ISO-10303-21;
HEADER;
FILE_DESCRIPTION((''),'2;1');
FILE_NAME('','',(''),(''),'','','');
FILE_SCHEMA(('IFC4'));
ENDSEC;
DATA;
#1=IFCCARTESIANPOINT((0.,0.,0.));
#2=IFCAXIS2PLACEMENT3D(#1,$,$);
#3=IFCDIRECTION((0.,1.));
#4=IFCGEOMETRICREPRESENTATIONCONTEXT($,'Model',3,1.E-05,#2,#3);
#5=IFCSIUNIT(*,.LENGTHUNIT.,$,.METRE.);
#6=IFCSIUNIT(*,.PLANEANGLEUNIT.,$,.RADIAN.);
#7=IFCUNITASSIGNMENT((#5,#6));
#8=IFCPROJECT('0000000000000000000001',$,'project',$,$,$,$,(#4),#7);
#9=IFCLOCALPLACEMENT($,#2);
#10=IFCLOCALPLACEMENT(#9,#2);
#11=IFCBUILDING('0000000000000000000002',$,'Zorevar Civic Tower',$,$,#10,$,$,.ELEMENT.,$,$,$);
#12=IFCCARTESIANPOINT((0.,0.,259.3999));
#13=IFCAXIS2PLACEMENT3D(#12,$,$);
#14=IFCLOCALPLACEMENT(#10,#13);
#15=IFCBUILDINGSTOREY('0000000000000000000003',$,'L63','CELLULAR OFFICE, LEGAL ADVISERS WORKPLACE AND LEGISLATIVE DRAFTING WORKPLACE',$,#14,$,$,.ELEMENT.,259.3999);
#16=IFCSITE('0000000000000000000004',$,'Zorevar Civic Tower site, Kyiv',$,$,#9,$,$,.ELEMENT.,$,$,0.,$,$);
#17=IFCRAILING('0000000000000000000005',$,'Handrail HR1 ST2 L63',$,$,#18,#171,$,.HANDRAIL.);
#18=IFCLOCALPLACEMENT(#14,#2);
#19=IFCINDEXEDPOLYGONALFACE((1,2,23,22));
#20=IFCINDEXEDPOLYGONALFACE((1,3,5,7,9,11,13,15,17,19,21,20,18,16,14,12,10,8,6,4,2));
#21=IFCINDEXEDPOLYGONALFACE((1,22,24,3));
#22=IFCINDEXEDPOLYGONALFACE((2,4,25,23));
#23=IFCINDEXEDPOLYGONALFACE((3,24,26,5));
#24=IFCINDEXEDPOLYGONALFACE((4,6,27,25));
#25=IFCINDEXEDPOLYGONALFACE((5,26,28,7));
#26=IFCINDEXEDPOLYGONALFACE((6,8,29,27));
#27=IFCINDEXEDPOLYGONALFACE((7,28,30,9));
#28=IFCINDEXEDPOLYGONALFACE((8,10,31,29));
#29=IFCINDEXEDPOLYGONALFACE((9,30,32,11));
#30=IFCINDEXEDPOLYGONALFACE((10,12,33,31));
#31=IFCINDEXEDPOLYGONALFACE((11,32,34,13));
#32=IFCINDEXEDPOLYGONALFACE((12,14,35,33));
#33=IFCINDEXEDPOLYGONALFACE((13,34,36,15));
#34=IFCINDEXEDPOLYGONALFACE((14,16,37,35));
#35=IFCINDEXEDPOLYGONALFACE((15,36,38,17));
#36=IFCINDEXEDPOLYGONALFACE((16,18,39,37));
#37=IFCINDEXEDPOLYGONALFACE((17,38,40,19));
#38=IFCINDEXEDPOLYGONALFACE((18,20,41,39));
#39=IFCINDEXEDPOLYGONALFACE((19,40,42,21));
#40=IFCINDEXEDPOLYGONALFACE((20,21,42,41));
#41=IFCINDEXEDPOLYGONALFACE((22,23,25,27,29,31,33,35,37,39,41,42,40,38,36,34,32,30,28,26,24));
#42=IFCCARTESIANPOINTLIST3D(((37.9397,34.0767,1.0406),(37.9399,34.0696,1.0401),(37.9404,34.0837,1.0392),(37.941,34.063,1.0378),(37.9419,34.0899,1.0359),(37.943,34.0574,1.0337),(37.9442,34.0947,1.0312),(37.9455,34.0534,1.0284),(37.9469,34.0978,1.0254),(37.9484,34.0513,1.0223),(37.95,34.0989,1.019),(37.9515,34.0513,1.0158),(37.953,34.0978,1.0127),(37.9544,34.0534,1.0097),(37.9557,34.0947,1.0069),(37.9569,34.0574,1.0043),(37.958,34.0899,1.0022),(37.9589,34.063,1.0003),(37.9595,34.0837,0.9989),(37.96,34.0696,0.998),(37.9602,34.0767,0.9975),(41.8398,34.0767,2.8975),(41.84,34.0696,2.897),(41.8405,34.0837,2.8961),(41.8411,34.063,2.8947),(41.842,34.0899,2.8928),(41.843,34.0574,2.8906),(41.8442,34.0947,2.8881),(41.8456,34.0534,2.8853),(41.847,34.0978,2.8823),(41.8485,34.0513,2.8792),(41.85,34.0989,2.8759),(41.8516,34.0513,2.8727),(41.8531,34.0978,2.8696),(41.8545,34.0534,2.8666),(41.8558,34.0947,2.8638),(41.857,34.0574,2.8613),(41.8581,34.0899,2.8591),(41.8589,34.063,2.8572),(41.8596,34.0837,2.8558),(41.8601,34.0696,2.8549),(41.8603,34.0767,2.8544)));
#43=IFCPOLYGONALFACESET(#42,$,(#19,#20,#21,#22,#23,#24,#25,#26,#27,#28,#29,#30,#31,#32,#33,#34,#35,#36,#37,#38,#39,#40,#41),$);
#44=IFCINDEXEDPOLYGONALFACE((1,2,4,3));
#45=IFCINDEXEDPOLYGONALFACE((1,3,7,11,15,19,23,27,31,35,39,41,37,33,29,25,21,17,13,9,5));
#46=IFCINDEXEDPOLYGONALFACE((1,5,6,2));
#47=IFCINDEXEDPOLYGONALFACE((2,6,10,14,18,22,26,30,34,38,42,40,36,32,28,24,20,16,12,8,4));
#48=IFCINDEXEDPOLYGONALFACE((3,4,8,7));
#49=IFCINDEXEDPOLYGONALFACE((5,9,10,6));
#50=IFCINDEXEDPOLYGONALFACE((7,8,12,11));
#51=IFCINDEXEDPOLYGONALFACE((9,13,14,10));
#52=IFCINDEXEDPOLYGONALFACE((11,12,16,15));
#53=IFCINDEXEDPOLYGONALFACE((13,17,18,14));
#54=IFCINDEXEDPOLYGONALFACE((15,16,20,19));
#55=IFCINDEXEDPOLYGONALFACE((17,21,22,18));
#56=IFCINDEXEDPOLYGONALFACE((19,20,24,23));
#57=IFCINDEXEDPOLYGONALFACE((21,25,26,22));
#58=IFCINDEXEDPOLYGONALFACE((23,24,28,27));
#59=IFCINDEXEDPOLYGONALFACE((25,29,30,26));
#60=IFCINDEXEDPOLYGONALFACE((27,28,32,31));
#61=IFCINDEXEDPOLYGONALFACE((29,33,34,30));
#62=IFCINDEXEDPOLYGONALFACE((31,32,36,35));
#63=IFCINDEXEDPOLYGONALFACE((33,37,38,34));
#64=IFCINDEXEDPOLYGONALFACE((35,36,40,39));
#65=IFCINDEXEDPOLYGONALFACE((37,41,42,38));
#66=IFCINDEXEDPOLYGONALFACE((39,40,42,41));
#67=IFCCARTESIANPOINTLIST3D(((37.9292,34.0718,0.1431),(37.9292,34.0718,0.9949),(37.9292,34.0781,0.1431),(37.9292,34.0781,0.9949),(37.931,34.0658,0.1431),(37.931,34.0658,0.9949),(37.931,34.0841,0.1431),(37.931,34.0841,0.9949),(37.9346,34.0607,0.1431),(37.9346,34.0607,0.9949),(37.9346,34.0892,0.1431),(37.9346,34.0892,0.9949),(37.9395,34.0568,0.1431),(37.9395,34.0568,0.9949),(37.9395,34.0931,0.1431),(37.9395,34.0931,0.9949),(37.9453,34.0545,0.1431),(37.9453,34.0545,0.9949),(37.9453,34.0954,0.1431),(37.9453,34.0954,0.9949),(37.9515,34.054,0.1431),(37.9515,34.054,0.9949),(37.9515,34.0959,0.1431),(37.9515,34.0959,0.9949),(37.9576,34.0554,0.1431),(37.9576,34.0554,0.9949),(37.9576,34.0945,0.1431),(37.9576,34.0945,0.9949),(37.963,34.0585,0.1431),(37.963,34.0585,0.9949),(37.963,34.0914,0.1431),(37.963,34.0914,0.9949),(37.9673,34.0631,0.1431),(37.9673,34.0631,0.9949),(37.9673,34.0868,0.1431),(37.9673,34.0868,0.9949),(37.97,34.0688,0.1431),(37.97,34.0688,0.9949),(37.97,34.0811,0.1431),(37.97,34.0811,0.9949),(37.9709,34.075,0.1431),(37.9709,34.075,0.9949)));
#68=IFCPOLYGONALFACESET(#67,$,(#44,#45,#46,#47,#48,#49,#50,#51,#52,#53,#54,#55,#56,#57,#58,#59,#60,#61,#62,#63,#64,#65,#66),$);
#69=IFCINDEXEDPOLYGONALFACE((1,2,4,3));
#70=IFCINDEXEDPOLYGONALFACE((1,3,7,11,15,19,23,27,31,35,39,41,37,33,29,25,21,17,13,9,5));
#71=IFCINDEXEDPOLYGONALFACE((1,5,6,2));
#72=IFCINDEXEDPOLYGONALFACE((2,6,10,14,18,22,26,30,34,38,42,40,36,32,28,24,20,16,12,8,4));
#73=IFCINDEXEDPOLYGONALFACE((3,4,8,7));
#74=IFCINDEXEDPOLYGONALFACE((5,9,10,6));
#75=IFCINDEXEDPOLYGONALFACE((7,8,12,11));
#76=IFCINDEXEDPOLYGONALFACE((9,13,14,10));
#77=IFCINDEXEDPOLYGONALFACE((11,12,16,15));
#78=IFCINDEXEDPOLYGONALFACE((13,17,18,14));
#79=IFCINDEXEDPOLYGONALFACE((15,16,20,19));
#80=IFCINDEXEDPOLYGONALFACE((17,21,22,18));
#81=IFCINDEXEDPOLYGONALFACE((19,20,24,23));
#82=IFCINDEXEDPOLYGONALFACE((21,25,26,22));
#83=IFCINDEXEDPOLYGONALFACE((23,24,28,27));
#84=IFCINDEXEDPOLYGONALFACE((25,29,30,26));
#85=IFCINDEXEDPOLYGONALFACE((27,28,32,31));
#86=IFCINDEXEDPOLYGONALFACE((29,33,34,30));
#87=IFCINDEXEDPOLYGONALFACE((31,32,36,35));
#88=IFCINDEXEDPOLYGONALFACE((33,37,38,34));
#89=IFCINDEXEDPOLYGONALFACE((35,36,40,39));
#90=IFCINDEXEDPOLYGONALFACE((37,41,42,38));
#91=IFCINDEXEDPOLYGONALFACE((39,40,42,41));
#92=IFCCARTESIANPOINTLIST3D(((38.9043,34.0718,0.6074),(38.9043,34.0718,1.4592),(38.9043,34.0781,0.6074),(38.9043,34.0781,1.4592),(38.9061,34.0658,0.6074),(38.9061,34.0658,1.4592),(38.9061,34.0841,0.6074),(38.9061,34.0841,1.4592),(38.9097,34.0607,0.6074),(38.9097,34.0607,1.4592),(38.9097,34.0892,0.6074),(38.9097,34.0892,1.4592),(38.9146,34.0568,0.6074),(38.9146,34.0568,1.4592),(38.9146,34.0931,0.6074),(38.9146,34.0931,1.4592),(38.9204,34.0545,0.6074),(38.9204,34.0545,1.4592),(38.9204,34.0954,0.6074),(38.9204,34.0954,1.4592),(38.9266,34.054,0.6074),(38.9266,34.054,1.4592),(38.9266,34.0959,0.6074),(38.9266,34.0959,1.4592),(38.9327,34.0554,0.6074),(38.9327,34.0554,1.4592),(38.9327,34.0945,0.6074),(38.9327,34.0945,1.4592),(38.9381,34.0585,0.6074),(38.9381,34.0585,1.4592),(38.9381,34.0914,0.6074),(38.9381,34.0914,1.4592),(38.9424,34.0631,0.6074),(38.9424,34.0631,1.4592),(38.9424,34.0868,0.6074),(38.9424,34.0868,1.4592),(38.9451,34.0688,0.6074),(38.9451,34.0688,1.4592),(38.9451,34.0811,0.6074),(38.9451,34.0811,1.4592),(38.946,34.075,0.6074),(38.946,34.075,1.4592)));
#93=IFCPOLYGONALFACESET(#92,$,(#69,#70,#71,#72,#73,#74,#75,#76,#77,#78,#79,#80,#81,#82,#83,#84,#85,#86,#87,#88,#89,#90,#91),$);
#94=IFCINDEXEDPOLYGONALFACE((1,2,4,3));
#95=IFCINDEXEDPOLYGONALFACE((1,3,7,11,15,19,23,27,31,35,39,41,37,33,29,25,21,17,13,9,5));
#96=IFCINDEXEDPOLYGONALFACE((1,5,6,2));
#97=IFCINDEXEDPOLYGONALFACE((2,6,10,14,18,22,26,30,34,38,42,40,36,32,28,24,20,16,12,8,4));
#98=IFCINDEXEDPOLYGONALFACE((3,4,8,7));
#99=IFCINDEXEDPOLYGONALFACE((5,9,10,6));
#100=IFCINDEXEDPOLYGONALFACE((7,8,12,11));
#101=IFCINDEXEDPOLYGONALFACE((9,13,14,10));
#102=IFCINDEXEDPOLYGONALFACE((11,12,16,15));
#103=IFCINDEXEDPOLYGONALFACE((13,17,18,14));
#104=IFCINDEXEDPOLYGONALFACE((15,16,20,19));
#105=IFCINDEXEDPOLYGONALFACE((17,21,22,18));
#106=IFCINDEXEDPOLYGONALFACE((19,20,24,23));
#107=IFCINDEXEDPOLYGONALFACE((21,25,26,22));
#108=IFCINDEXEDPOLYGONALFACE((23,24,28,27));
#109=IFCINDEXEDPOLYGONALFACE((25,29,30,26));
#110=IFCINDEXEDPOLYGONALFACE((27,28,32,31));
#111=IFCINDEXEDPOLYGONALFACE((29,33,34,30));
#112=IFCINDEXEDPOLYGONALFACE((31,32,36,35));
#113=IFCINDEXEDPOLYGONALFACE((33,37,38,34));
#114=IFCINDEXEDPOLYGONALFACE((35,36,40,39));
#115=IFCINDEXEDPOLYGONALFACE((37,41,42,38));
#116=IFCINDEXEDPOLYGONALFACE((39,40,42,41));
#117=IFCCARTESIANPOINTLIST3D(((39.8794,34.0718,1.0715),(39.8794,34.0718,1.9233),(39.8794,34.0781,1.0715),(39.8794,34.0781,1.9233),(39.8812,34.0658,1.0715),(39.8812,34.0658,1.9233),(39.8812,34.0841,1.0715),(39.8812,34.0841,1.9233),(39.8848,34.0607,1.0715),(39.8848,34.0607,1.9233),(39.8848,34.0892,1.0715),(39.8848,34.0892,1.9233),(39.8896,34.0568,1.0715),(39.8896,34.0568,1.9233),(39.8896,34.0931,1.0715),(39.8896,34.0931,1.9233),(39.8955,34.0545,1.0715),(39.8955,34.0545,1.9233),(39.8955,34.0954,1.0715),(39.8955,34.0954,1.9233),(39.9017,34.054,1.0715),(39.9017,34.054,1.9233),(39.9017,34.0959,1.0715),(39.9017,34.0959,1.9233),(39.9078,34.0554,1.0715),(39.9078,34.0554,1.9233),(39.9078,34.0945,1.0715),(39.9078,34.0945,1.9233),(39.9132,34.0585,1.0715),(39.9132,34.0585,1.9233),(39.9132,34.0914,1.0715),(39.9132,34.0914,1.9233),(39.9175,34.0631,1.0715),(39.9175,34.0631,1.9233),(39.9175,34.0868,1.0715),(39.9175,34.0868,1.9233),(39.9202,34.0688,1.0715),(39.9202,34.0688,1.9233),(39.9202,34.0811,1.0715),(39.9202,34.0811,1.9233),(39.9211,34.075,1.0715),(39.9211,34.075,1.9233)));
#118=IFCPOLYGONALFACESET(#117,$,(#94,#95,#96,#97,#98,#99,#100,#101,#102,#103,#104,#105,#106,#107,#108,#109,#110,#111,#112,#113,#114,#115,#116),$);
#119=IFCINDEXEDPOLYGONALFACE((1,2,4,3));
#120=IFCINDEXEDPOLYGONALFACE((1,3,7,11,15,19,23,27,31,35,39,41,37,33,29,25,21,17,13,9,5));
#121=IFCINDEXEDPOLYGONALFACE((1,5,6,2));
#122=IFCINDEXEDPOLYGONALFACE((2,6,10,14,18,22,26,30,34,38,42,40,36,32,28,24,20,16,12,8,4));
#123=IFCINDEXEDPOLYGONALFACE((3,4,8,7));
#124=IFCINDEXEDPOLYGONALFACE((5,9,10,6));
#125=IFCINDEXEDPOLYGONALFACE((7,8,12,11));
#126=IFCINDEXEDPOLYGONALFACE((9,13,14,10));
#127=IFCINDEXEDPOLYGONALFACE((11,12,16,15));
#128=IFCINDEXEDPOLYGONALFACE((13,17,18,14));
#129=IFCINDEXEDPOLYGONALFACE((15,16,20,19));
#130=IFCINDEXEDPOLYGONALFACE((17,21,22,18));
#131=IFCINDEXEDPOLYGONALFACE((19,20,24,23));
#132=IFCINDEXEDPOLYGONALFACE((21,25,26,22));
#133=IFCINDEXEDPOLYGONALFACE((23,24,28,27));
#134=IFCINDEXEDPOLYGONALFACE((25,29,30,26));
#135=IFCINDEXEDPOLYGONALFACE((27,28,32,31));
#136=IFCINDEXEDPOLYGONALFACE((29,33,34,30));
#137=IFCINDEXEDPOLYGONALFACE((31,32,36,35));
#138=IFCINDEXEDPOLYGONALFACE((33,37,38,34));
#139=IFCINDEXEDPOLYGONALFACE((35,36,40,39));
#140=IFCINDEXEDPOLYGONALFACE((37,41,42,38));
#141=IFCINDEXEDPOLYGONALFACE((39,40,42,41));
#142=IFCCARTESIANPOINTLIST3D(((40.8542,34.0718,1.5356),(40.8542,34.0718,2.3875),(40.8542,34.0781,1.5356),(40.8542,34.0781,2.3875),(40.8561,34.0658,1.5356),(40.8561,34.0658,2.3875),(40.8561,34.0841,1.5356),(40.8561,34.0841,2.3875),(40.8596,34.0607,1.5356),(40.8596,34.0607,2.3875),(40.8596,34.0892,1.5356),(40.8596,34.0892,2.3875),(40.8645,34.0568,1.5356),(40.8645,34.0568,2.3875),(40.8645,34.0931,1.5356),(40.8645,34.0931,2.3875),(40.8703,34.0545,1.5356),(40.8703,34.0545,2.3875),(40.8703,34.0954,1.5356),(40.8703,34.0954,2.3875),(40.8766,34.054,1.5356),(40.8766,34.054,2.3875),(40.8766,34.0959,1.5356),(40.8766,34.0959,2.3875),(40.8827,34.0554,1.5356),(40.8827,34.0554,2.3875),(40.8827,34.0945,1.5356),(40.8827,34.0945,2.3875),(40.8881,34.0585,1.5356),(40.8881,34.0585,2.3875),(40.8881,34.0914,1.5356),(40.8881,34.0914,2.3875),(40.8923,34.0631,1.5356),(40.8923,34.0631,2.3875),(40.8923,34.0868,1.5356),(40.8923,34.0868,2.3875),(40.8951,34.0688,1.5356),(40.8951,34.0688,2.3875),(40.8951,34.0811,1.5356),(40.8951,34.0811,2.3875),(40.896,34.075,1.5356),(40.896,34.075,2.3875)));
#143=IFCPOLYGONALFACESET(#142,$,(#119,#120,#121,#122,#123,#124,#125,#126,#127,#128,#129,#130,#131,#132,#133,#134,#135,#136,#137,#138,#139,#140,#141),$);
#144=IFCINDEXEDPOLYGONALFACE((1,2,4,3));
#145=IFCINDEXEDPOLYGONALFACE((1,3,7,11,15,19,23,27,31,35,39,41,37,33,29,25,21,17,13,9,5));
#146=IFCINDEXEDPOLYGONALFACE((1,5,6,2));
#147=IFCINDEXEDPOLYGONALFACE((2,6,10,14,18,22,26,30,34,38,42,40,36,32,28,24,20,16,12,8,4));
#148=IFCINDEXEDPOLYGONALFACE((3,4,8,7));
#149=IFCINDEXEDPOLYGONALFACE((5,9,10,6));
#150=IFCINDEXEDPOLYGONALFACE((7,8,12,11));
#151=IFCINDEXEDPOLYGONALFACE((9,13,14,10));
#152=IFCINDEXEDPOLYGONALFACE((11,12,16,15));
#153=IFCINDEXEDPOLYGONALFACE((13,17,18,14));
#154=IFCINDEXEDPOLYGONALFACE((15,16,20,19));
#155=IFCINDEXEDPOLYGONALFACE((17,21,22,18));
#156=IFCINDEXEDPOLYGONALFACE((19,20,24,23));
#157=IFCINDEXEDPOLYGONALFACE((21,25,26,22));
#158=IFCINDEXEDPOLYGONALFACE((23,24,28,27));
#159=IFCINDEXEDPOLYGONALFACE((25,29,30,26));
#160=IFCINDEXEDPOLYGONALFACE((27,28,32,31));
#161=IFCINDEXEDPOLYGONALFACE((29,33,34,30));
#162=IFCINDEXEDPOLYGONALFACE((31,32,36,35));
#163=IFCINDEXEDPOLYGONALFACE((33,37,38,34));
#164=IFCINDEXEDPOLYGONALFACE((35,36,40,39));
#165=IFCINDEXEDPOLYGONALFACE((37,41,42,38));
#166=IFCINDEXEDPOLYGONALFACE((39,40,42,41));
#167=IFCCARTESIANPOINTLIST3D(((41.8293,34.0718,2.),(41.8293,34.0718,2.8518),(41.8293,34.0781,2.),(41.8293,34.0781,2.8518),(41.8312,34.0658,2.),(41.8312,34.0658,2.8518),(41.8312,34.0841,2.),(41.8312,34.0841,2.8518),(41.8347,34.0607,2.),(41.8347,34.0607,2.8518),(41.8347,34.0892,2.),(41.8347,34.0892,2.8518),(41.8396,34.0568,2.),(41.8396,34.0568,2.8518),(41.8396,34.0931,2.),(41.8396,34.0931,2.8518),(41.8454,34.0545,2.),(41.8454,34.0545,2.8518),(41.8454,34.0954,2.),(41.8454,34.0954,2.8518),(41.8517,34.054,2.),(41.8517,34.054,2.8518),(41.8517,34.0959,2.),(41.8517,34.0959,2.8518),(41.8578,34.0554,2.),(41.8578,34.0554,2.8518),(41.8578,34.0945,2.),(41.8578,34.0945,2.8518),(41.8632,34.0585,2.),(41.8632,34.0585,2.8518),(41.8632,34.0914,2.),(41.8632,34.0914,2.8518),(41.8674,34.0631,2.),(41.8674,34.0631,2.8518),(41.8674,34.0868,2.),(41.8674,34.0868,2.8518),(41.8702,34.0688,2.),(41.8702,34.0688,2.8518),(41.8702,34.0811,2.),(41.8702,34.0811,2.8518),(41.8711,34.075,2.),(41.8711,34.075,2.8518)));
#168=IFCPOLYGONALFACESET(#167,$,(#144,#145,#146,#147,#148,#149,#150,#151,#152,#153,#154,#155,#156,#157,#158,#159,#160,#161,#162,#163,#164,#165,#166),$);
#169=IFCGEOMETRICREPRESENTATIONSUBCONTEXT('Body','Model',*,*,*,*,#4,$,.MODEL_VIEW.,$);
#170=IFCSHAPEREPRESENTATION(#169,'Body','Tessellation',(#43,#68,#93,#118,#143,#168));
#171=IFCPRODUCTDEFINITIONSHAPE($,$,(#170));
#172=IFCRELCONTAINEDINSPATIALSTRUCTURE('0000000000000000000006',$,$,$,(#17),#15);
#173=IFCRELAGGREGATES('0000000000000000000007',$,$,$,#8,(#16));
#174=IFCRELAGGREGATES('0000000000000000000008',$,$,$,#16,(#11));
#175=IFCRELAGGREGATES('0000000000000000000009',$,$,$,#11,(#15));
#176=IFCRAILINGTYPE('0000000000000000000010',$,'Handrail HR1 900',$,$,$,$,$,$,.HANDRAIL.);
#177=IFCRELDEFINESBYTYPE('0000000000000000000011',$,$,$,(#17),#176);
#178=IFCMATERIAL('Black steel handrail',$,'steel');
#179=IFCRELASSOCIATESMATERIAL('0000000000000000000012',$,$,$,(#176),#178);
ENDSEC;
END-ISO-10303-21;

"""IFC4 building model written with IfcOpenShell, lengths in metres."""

from ifc_helpers import new_model, si_unit, direction, frame, origin, origin_2d, place, context, subcontext, project, spatial, circle, extrude, material, type_object, element, save


model = new_model("IFC4")

# Units and contexts
model_context = context("Model", 3, precision=1e-05, world=origin(), true_north=direction((0.0, 1.0)))
body_context = subcontext(model_context, "Body", "Model", "MODEL_VIEW")
ifc_project = project(units=[si_unit("LENGTHUNIT", "METRE"), si_unit("PLANEANGLEUNIT", "RADIAN")], contexts=[model_context])

# Site, building, storey
site_placement = place(None, origin())
site = spatial("IfcSite", under=ifc_project, at=site_placement, Name="Zorevar Civic Tower site, Kyiv", CompositionType="ELEMENT", RefElevation=0.0)
building_placement = place(site_placement, origin())
building = spatial("IfcBuilding", under=site, at=building_placement, Name="Zorevar Civic Tower", CompositionType="ELEMENT")
storey_placement = place(building_placement, frame((0.0, 0.0, 259.3999)))
storey = spatial("IfcBuildingStorey", under=building, at=storey_placement, Name="L63", Description="CELLULAR OFFICE, LEGAL ADVISERS WORKPLACE AND LEGISLATIVE DRAFTING WORKPLACE", CompositionType="ELEMENT", Elevation=259.3999)

# Railing
ifc_material_1 = material(Name="Black steel handrail", Category="steel")
railing_type = type_object("IfcRailingType", Name="Handrail HR1 900", PredefinedType="HANDRAIL", material=ifc_material_1)
railing_1_placement = place(storey_placement, frame((37.95, 34.075, 0.1431)))
element("IfcRailing", 1, at=railing_1_placement, inside=storey, type_object=railing_type, Name="Handrail HR1 ST2 L63", PredefinedType="HANDRAIL", context=body_context, shape_type="SweptSolid", body=[
    extrude(circle(Radius=0.0239, at=origin_2d()), frame((0.0, 0.0, 0.876), z_axis=(0.902886, 0.0, 0.429881), x_axis=(0.0, 1.0, 0.0)), (0.0, 0.0, 1.0), 4.3196),
    extrude(circle(Radius=0.021, at=origin_2d()), origin(), (0.0, 0.0, 1.0), 0.8518),
    extrude(circle(Radius=0.021, at=origin_2d()), frame((0.9751, 0.0, 0.4644)), (0.0, 0.0, 1.0), 0.8518),
    extrude(circle(Radius=0.021, at=origin_2d()), frame((1.9502, 0.0, 0.9285)), (0.0, 0.0, 1.0), 0.8518),
    extrude(circle(Radius=0.021, at=origin_2d()), frame((2.925, 0.0, 1.3926)), (0.0, 0.0, 1.0), 0.8518),
    extrude(circle(Radius=0.021, at=origin_2d()), frame((3.9001, 0.0, 1.8569)), (0.0, 0.0, 1.0), 0.8518),
])

save(model, "model.ifc")
